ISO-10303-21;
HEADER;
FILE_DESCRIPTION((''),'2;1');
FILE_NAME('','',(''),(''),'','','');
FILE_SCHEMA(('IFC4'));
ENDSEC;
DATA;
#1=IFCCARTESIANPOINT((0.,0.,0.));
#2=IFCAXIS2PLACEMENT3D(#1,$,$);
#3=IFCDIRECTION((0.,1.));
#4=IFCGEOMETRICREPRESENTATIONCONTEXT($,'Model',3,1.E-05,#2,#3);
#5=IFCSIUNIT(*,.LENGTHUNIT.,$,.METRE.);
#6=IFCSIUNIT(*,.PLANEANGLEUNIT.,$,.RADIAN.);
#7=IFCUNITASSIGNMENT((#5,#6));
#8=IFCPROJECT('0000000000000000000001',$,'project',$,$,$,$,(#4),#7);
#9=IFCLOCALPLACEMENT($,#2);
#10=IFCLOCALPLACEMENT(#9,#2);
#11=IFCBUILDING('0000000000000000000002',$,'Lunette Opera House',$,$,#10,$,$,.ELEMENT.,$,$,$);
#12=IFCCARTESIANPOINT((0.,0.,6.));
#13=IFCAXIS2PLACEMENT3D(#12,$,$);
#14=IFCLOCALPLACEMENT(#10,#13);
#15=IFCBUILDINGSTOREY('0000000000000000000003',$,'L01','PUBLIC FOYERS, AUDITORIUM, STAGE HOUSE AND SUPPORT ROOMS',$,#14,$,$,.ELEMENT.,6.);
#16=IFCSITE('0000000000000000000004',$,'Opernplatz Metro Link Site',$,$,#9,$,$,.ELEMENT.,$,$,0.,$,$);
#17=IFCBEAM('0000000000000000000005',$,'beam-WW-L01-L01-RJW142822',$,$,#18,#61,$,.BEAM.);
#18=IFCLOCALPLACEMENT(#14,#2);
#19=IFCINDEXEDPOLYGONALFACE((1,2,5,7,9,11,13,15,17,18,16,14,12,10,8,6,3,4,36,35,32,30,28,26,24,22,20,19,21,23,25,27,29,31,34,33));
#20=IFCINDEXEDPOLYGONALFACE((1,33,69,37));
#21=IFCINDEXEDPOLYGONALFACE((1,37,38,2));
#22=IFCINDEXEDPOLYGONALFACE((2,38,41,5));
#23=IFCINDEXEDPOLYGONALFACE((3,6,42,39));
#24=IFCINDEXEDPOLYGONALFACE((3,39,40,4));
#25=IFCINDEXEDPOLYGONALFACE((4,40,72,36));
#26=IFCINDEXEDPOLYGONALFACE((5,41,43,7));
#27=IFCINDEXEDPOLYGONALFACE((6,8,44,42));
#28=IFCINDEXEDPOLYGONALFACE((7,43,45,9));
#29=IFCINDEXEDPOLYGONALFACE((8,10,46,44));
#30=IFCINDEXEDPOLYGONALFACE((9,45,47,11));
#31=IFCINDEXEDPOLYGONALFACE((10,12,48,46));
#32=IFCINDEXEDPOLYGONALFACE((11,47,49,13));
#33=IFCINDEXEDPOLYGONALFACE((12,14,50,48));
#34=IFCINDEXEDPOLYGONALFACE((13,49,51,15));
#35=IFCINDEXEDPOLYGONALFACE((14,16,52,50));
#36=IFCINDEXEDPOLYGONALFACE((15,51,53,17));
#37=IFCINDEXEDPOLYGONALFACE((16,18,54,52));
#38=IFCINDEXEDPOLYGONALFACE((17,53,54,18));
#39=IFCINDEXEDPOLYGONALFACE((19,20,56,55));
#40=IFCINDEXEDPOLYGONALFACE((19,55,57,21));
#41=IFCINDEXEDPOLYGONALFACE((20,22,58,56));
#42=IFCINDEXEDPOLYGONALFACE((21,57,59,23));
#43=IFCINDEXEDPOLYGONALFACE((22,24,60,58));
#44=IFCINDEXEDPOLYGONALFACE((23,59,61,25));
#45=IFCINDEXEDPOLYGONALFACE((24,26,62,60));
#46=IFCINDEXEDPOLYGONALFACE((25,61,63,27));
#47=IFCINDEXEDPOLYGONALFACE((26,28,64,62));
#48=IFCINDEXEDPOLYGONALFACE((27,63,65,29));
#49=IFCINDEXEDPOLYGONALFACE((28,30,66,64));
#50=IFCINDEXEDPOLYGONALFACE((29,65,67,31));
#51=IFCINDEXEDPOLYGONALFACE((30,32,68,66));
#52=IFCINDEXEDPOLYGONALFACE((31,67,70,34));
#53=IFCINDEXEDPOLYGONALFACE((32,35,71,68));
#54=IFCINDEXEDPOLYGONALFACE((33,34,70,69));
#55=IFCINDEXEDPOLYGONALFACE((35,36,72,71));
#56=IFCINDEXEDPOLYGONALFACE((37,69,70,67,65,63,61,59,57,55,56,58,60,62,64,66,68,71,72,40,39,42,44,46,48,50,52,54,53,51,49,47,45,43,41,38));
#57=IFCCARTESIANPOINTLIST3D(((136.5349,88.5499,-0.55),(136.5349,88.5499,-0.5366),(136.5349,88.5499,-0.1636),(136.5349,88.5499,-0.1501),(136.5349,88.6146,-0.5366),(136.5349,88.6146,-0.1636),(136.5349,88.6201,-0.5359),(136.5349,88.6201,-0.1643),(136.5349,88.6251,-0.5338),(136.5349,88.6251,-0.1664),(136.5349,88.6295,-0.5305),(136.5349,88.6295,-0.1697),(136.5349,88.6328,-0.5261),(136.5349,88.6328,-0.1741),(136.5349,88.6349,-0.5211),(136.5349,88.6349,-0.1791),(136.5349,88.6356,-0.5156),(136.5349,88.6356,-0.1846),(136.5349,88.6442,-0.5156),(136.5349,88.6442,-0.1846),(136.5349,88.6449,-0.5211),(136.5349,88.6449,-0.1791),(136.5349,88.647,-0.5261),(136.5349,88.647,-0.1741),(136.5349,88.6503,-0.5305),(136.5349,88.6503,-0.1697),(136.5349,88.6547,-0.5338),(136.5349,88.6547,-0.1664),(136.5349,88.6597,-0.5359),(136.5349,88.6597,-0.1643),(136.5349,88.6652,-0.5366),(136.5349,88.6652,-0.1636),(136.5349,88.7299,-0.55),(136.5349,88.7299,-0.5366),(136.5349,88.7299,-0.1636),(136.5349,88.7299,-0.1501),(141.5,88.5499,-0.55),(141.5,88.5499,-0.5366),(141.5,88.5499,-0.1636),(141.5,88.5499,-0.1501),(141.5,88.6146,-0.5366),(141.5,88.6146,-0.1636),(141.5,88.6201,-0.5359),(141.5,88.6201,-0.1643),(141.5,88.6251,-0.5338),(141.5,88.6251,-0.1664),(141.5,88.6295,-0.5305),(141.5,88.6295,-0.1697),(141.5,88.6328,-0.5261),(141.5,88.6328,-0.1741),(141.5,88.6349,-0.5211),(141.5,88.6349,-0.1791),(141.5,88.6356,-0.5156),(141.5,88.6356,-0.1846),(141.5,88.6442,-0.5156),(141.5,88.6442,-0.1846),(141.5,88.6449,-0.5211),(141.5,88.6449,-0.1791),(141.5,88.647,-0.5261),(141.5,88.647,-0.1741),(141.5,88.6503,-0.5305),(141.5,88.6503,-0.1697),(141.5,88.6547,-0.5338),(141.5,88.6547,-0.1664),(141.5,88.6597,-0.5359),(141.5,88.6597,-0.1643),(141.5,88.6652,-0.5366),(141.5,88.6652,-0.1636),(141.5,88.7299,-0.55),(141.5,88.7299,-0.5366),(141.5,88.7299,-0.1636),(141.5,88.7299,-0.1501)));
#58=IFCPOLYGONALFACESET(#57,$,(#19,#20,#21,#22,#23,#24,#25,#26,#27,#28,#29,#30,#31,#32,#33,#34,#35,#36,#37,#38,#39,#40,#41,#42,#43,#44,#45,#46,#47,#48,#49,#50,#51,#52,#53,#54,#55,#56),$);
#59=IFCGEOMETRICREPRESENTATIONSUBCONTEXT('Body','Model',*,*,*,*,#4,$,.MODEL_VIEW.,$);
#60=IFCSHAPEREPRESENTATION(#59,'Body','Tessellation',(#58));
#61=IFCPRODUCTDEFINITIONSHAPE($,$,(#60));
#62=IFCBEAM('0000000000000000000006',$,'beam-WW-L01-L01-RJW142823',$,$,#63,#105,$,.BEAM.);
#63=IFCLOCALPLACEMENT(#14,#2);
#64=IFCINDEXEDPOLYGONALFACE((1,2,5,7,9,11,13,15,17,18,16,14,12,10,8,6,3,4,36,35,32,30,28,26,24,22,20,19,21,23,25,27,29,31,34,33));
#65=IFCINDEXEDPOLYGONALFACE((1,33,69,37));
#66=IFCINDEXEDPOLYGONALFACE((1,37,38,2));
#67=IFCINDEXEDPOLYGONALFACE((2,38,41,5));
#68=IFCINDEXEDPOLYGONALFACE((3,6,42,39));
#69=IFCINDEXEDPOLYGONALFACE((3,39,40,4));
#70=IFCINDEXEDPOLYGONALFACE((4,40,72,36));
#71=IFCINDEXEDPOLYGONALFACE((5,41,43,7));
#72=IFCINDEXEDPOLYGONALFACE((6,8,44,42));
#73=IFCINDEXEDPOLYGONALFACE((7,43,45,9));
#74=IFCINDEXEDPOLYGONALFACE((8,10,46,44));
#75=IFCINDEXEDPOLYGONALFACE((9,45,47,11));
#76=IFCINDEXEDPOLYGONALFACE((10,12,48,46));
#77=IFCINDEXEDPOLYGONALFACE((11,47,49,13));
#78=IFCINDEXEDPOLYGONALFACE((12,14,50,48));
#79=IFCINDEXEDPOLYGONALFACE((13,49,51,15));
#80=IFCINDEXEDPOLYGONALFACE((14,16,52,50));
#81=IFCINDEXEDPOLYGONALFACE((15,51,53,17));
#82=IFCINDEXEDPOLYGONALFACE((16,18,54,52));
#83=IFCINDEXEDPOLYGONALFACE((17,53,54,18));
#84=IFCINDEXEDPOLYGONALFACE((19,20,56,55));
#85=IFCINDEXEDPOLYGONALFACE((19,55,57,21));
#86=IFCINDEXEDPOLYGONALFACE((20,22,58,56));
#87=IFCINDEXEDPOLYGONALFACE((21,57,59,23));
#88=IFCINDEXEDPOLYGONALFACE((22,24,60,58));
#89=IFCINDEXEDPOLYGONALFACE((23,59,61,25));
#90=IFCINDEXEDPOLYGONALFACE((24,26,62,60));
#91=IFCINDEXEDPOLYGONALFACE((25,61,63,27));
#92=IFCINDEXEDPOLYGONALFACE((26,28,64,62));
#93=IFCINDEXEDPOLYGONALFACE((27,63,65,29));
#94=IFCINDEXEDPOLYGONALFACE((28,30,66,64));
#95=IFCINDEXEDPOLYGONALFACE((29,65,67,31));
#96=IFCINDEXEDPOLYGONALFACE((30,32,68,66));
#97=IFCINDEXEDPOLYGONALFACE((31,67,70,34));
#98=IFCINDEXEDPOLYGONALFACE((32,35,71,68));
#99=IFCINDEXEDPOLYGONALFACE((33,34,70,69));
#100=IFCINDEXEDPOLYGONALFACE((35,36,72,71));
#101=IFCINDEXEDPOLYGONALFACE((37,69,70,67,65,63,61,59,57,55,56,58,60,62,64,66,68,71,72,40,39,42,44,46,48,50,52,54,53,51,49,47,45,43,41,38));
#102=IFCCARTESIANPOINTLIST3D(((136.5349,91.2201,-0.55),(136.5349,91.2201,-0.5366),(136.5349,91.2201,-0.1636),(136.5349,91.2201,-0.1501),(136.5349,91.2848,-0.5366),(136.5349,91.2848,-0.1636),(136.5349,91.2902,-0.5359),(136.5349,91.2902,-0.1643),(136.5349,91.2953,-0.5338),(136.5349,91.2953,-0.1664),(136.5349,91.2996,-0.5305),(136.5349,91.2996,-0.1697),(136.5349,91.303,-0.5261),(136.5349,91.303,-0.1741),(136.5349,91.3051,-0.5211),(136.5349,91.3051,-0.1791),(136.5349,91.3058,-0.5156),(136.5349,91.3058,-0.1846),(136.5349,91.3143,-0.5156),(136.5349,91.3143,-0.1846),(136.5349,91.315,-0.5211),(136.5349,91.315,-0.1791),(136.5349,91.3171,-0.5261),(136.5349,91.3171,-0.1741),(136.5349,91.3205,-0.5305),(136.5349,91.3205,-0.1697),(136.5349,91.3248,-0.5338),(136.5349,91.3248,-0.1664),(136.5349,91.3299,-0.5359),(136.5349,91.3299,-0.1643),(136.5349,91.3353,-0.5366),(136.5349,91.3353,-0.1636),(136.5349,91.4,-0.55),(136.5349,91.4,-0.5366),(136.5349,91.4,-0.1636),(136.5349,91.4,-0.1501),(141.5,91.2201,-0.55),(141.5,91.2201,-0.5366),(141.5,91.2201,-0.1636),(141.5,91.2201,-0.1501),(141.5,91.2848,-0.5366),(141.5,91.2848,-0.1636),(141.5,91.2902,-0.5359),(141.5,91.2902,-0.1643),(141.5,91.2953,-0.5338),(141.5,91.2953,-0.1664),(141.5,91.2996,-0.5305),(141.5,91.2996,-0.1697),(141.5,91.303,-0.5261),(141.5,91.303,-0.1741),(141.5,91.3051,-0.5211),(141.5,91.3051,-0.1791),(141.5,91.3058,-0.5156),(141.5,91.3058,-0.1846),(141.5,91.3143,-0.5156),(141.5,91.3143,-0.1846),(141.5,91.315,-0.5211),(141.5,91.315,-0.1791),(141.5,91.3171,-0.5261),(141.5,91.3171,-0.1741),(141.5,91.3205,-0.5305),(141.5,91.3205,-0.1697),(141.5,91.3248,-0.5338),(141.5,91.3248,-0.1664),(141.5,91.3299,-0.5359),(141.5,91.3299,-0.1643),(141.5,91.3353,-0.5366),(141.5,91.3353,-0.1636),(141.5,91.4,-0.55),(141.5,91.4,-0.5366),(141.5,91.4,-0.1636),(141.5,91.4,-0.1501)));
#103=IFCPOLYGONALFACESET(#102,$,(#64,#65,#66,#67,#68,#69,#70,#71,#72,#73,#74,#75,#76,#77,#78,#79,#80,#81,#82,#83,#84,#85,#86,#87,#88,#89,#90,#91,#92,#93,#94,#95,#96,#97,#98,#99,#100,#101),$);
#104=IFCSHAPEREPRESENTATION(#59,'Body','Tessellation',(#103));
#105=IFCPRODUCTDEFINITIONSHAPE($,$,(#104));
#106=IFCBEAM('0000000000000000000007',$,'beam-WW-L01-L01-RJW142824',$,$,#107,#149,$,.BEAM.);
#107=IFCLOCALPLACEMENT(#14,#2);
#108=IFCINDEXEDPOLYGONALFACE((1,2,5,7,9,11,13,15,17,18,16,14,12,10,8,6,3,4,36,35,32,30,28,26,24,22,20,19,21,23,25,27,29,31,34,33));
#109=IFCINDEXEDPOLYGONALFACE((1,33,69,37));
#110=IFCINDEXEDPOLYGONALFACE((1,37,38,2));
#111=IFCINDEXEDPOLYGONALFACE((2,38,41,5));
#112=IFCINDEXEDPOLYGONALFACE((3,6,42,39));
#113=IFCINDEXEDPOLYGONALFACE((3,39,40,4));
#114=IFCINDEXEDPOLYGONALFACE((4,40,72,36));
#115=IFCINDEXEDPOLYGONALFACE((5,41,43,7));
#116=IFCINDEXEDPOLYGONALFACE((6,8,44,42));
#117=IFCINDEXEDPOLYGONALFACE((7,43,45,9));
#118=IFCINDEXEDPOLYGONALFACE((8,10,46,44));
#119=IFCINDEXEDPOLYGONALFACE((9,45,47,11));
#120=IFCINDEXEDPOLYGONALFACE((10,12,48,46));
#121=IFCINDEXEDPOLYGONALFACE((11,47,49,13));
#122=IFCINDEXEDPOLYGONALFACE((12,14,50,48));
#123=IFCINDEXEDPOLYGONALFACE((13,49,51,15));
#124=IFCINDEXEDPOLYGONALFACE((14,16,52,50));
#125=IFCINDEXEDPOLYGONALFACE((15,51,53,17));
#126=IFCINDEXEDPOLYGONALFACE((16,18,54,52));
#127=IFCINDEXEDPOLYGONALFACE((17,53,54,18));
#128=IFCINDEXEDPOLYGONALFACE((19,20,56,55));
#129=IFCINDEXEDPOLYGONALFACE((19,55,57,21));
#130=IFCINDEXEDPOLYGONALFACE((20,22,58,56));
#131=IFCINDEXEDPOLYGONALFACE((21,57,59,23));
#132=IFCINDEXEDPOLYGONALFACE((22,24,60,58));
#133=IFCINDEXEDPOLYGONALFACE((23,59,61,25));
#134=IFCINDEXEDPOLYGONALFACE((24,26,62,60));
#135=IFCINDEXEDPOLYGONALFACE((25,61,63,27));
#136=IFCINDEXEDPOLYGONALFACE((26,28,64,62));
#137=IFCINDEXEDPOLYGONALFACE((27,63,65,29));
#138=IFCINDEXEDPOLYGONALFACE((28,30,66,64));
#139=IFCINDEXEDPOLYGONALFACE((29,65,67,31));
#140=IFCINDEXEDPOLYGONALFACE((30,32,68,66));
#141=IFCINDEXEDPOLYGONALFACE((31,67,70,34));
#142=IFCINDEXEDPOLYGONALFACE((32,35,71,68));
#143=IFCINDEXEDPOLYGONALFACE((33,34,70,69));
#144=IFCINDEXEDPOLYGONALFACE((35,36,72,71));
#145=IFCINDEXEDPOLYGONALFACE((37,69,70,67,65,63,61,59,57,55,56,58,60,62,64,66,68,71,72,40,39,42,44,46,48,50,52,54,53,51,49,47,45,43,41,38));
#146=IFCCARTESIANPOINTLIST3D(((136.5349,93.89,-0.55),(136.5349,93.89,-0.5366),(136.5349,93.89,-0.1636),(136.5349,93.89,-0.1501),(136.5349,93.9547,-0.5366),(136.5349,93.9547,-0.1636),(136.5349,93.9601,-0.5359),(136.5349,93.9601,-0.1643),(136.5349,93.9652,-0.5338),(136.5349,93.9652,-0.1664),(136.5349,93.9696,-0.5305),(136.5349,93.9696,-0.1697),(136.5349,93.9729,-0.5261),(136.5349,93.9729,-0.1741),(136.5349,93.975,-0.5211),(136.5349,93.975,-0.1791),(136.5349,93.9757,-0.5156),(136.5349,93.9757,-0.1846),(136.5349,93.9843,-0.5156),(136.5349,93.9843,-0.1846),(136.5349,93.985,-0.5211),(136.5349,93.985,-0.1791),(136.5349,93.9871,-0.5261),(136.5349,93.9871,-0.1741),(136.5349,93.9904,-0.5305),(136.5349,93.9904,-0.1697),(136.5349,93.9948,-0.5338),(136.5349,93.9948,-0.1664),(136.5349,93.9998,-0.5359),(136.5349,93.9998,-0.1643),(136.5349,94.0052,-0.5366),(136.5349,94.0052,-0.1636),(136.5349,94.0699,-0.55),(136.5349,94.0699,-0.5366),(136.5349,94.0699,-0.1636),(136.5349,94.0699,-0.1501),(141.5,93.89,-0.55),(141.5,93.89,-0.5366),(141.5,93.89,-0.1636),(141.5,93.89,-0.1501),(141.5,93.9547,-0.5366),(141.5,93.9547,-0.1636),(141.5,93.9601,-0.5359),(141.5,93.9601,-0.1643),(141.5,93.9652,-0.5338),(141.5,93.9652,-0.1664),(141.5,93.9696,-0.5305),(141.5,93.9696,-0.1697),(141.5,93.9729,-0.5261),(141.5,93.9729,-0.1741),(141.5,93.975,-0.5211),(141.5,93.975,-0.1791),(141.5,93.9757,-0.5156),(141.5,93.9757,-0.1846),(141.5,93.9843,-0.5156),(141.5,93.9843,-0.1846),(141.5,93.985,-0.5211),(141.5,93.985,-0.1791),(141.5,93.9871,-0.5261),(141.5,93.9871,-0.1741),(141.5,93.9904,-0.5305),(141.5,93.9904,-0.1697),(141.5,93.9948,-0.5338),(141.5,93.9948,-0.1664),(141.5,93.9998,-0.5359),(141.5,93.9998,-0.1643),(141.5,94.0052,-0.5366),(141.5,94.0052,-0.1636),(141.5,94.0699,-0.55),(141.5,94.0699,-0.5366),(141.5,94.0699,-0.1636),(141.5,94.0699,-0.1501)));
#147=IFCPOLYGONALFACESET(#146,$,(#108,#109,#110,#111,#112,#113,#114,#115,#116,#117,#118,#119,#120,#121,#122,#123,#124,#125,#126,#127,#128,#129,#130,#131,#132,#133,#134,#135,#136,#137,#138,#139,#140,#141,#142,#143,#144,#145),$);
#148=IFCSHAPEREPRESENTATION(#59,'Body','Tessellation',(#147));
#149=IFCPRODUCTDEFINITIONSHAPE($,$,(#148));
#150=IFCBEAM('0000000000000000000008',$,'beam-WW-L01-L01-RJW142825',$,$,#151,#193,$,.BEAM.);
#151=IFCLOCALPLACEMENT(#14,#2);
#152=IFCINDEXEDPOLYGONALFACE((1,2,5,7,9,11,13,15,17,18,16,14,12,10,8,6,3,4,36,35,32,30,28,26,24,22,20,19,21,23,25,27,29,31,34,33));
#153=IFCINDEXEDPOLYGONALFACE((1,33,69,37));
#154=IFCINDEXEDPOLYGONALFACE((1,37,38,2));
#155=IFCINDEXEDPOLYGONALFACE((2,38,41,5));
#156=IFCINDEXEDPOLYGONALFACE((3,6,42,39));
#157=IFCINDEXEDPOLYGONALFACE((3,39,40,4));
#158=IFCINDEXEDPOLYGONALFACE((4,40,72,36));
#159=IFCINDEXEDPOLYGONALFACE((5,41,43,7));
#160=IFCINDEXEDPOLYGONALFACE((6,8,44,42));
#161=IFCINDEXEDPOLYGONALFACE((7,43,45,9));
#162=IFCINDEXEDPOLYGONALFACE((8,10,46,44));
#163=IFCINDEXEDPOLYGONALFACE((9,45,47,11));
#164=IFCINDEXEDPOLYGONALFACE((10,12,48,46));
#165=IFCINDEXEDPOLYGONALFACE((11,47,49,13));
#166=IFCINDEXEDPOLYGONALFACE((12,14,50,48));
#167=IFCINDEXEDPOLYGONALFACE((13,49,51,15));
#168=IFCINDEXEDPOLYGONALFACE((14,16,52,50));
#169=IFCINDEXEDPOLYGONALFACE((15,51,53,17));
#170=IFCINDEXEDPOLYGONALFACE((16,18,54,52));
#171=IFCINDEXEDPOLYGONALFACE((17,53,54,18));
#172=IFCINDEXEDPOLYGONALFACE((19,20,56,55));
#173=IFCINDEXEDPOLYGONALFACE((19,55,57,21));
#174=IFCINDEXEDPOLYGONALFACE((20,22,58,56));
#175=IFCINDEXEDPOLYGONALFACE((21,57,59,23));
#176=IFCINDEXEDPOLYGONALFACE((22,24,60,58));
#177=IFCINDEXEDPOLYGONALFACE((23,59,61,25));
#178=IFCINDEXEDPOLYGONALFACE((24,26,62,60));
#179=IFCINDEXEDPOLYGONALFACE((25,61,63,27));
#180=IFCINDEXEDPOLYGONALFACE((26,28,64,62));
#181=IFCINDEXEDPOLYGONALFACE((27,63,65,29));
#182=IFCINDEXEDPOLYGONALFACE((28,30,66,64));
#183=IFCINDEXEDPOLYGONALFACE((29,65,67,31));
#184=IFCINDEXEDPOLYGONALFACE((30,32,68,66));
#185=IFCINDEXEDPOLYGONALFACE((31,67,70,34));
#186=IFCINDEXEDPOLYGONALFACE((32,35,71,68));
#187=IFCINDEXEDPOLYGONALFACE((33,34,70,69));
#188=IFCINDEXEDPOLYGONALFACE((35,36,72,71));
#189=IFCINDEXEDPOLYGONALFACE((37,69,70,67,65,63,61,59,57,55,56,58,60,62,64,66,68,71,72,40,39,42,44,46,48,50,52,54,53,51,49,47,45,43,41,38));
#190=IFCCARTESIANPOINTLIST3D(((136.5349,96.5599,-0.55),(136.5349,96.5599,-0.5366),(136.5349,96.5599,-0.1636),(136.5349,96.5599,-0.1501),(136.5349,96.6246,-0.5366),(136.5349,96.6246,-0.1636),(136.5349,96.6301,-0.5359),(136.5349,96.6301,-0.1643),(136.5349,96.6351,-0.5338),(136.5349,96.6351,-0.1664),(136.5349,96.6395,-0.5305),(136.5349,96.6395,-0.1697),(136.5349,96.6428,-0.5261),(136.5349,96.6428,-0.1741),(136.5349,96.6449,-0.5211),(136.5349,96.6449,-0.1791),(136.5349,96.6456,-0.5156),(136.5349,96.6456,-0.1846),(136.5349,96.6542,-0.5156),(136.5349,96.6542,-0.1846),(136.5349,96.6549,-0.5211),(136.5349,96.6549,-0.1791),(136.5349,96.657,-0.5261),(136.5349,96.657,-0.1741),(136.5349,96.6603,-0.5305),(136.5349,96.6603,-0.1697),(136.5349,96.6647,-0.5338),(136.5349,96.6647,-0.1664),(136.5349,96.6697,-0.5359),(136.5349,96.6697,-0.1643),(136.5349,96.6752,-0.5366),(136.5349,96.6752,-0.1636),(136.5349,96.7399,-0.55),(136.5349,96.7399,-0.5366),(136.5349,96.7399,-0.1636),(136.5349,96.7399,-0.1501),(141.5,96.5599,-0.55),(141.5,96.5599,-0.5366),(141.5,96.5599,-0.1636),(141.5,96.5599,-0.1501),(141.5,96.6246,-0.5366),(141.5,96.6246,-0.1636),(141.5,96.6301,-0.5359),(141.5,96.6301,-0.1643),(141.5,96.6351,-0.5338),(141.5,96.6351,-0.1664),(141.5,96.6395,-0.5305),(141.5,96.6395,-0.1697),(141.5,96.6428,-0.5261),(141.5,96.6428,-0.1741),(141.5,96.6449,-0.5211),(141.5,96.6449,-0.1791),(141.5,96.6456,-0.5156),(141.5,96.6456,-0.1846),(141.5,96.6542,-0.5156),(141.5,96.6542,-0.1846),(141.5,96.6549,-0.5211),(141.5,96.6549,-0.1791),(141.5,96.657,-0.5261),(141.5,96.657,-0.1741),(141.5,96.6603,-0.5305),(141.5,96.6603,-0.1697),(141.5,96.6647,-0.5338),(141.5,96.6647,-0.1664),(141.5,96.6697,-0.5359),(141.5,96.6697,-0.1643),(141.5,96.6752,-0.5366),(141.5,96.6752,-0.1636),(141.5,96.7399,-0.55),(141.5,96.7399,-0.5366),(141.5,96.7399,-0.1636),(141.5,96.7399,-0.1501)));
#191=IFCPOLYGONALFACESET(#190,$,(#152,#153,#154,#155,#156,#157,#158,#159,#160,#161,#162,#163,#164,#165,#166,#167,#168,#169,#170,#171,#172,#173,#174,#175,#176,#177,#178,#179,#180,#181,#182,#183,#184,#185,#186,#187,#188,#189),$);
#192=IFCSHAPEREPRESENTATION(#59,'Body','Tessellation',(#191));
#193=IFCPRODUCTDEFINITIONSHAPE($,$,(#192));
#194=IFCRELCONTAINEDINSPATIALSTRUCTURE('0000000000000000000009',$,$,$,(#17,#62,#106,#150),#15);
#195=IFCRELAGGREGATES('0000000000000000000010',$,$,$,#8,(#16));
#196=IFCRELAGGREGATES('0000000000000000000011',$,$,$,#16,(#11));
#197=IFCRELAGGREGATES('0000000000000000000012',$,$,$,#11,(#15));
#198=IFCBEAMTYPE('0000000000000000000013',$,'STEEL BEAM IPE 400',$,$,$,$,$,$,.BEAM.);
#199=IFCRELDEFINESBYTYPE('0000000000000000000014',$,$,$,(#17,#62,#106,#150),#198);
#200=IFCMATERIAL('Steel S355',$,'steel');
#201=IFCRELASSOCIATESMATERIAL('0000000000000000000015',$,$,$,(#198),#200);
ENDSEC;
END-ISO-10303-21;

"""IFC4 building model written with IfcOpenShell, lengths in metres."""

from ifc_helpers import new_model, si_unit, direction, frame, origin, origin_2d, place, context, subcontext, project, spatial, i_section, extrude, material, material_profile, profile_set, type_object, element, save


model = new_model("IFC4")

# Units and contexts
model_context = context("Model", 3, precision=1e-05, world=origin(), true_north=direction((0.0, 1.0)))
body_context = subcontext(model_context, "Body", "Model", "MODEL_VIEW")
ifc_project = project(units=[si_unit("LENGTHUNIT", "METRE"), si_unit("PLANEANGLEUNIT", "RADIAN")], contexts=[model_context])

# Site, building, storey
site_placement = place(None, origin())
site = spatial("IfcSite", under=ifc_project, at=site_placement, Name="Opernplatz Metro Link Site", CompositionType="ELEMENT", RefElevation=0.0)
building_placement = place(site_placement, origin())
building = spatial("IfcBuilding", under=site, at=building_placement, Name="Lunette Opera House", CompositionType="ELEMENT")
storey_placement = place(building_placement, frame((0.0, 0.0, 6.0)))
storey = spatial("IfcBuildingStorey", under=building, at=storey_placement, Name="L01", Description="PUBLIC FOYERS, AUDITORIUM, STAGE HOUSE AND SUPPORT ROOMS", CompositionType="ELEMENT", Elevation=6.0)

# Beams
ifc_material_1 = material(Name="Steel S355", Category="steel")
ifc_material_profile_1 = material_profile(ifc_material_1, i_section(OverallWidth=0.1799, OverallDepth=0.3999, WebThickness=0.0085, FlangeThickness=0.0134, FilletRadius=0.021, at=origin_2d()), Name="IPE 400")
ifc_profile_set_1 = profile_set([ifc_material_profile_1], Name="Steel S355")
beam_type_1 = type_object("IfcBeamType", Name="STEEL BEAM IPE 400", PredefinedType="BEAM", material=ifc_profile_set_1)
for number, where, z_axis, x_axis, name in (
    (1, (141.5, 88.6399, -0.3501), (-1.0, 0.0, 0.0), (0.0, -1.0, 0.0), "beam-WW-L01-L01-RJW142822"),
    (2, (141.5, 91.3101, -0.3501), (-1.0, 0.0, 0.0), (0.0, -1.0, 0.0), "beam-WW-L01-L01-RJW142823"),
    (3, (141.5, 93.98, -0.3501), (-1.0, 0.0, 0.0), (0.0, -1.0, 0.0), "beam-WW-L01-L01-RJW142824"),
    (4, (141.5, 96.6499, -0.3501), (-1.0, 0.0, 0.0), (0.0, -1.0, 0.0), "beam-WW-L01-L01-RJW142825"),
):
    element("IfcBeam", number, at=place(storey_placement, frame(where, z_axis=z_axis, x_axis=x_axis)), inside=storey, type_object=beam_type_1, Name=name, PredefinedType="BEAM", context=body_context, shape_type="SweptSolid", body=[
        extrude(i_section(OverallWidth=0.1799, OverallDepth=0.3999, WebThickness=0.0085, FlangeThickness=0.0134, FilletRadius=0.021, at=origin_2d()), origin(), (0.0, 0.0, 1.0), 4.9651),
    ])

save(model, "model.ifc")
